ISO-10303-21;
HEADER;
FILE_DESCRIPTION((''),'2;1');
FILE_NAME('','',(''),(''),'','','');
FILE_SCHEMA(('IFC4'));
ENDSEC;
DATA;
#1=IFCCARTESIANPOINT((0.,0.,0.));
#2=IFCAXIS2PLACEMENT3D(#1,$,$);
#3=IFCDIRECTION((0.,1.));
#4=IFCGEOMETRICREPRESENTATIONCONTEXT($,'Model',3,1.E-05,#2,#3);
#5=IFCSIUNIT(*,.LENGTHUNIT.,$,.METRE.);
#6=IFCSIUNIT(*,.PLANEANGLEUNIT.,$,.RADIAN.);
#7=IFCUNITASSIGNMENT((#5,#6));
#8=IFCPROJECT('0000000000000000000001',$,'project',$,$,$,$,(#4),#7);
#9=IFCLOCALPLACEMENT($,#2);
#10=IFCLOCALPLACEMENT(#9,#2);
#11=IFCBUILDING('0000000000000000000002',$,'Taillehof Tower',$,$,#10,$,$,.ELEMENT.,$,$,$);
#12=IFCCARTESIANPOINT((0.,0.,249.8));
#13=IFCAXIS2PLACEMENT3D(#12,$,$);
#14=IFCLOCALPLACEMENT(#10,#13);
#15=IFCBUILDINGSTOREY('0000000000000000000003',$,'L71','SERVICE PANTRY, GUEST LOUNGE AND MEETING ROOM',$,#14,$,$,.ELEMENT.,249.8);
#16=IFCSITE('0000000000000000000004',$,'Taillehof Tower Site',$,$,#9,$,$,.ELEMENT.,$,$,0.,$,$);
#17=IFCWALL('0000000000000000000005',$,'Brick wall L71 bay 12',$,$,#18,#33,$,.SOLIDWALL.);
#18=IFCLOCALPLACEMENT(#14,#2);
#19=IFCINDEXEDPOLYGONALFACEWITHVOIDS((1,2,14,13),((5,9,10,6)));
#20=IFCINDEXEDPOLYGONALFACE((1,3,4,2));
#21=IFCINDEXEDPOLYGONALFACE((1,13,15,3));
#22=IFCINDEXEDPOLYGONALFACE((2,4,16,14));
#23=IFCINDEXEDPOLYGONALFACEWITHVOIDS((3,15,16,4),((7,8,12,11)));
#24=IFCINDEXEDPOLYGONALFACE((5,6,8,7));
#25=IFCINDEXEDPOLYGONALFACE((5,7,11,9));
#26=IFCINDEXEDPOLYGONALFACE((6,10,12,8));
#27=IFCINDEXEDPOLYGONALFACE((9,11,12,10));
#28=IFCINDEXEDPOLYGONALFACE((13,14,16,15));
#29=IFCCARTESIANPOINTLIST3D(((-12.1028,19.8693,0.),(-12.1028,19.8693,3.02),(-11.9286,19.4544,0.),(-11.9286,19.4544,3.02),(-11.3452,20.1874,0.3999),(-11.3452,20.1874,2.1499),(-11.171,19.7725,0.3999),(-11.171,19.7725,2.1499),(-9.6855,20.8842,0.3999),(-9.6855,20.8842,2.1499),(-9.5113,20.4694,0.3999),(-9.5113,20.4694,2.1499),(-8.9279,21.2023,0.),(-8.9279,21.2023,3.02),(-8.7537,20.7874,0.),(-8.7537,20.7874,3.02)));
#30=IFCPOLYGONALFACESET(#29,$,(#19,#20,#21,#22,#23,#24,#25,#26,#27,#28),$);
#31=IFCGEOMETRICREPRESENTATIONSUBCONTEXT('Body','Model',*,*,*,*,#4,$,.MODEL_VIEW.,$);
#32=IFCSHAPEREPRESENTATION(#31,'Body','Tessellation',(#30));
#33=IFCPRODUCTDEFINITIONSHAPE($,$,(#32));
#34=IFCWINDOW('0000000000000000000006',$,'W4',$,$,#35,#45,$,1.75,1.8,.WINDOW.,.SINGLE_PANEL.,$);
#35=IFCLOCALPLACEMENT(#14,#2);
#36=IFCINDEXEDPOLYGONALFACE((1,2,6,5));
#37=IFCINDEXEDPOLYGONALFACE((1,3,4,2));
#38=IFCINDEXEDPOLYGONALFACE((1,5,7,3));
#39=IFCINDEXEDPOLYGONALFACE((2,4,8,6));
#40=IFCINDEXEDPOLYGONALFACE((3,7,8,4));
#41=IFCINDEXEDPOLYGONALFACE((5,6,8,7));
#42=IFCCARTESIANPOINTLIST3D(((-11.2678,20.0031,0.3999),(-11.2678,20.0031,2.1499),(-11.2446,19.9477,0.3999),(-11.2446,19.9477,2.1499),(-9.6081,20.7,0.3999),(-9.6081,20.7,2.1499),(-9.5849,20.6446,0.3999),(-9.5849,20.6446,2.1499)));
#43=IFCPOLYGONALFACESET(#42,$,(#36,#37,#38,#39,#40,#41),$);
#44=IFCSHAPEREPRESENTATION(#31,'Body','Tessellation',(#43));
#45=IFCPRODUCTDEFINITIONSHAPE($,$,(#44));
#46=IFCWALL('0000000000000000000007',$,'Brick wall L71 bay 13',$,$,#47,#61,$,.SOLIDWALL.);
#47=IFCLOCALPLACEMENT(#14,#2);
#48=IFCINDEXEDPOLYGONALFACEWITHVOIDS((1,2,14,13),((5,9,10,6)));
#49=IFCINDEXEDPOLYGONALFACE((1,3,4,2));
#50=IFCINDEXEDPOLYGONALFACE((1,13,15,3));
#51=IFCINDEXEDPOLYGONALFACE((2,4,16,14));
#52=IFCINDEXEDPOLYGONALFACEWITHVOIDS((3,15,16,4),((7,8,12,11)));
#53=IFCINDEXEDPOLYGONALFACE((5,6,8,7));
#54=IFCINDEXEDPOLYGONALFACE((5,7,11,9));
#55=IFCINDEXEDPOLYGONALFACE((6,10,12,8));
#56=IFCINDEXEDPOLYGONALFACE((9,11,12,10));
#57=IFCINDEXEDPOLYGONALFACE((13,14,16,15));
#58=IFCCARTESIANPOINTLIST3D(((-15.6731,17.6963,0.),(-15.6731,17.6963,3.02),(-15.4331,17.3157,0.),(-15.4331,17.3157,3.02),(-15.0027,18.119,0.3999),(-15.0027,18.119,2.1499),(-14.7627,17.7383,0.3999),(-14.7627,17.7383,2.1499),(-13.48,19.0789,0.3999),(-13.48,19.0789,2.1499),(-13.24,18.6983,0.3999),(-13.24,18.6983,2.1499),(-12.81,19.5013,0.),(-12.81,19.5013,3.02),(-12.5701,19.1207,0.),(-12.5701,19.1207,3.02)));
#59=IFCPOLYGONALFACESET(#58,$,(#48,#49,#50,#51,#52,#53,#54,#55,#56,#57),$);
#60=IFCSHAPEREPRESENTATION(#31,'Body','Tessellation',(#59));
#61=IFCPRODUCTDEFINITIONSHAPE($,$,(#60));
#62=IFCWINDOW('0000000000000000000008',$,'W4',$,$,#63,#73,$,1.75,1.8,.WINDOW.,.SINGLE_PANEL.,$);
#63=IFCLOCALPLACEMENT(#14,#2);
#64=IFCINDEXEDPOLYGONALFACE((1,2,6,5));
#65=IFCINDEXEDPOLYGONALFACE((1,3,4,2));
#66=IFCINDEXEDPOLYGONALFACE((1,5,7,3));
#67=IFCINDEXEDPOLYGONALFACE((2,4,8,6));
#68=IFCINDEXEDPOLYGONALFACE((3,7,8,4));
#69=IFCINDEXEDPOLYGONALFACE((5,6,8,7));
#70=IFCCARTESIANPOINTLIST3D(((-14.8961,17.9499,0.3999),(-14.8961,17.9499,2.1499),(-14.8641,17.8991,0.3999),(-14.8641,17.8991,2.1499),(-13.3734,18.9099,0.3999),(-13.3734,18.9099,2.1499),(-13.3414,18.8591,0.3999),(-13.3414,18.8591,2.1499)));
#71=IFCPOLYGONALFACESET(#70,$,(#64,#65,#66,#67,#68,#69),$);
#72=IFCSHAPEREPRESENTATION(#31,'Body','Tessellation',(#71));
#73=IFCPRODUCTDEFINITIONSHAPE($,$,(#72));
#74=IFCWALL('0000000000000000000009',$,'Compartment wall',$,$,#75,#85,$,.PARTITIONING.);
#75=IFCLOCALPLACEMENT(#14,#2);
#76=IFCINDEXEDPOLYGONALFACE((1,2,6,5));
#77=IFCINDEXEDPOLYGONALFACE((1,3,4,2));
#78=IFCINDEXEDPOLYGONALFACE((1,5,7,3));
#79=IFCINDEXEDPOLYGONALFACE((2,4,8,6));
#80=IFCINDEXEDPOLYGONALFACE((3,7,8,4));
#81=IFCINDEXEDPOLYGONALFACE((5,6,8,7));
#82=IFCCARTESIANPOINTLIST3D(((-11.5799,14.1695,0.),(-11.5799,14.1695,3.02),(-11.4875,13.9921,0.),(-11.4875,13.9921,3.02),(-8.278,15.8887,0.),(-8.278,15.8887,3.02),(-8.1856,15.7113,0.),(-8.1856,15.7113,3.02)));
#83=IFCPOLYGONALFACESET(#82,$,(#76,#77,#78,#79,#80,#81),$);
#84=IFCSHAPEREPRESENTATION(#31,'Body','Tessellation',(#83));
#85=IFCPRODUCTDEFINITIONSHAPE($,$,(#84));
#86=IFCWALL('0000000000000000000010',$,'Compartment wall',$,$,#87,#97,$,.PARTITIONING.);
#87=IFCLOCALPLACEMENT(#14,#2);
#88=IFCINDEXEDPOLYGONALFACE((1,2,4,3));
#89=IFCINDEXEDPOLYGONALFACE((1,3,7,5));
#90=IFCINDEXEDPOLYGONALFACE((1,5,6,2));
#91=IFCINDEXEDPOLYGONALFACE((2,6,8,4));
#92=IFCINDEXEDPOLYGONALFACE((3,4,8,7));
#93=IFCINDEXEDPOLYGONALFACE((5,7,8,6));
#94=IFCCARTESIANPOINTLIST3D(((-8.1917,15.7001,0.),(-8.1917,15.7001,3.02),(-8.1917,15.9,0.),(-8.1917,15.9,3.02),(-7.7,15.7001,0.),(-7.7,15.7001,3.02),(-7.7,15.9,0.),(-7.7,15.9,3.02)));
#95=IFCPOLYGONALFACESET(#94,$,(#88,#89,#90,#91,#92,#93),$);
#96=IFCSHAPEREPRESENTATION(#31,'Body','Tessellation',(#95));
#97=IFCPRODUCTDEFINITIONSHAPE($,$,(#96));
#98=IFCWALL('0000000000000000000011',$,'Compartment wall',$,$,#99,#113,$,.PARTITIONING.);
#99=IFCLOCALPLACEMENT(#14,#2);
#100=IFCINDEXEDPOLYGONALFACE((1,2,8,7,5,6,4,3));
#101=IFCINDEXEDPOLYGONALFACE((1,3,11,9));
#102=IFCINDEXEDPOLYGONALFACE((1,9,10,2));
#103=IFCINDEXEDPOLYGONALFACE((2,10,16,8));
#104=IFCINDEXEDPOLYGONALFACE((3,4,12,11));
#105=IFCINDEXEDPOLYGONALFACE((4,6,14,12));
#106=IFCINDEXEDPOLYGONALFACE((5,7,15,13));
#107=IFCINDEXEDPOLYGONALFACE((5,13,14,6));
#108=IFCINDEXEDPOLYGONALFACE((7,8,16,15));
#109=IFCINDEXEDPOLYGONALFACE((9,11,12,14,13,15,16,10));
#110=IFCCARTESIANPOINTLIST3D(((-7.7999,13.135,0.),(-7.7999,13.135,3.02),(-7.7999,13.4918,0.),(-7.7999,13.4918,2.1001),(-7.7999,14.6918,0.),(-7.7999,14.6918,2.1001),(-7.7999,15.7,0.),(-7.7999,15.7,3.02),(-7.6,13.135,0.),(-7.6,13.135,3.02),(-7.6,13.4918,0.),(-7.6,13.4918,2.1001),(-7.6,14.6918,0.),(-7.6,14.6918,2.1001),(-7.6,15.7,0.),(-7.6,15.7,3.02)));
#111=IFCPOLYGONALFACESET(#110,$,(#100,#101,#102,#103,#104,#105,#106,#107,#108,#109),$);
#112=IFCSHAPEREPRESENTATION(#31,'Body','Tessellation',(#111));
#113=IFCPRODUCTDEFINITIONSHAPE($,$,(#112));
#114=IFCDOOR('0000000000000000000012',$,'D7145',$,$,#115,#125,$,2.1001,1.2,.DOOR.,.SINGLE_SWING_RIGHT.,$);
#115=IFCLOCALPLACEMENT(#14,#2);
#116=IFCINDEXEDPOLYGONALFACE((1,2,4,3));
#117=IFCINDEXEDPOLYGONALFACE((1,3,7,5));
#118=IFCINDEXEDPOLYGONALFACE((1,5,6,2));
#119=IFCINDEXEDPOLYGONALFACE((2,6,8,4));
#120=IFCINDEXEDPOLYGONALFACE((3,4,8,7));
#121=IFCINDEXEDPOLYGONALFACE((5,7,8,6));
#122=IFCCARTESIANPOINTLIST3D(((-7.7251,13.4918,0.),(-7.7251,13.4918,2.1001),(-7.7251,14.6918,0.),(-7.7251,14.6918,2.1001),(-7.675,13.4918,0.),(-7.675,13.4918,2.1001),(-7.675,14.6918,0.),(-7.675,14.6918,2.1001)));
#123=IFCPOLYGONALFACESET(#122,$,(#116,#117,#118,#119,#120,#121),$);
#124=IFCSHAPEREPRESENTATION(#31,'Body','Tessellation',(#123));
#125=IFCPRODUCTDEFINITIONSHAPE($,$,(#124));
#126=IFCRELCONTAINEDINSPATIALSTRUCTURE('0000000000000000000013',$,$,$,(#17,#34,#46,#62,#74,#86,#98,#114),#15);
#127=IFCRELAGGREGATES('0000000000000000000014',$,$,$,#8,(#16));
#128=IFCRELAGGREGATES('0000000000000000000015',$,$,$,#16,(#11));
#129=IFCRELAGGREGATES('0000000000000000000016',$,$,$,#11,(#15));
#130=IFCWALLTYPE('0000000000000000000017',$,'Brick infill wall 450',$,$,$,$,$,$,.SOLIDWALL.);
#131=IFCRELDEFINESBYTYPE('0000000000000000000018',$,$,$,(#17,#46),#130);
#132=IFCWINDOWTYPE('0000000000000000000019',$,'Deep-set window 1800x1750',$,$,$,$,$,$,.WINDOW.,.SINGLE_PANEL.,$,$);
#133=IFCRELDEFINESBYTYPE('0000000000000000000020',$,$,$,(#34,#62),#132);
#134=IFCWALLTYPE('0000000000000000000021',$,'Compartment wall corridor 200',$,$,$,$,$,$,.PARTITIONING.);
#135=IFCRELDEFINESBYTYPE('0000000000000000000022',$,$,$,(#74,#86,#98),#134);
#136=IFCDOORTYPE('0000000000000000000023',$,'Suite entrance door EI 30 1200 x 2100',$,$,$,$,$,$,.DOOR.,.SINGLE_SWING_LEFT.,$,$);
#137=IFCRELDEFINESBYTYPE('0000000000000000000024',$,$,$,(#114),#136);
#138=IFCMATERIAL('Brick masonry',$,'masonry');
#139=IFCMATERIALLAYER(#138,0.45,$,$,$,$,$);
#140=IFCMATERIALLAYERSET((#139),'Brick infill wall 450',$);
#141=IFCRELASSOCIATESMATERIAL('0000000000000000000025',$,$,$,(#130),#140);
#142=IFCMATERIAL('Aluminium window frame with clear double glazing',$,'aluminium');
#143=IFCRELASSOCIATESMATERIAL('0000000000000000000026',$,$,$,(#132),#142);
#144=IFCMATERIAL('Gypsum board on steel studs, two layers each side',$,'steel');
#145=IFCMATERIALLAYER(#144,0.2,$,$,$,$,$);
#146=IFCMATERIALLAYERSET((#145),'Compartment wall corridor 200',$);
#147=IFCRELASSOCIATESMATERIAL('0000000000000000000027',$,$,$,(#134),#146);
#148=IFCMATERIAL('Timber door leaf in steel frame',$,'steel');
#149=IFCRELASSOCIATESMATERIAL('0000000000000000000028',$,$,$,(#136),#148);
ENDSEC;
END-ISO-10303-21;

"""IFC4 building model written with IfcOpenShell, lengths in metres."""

from ifc_helpers import new_model, si_unit, direction, frame, frame_2d, origin, place, context, subcontext, project, spatial, rectangle, extrude, material, layer, layer_set, type_object, element, fill, save


model = new_model("IFC4")

# Units and contexts
model_context = context("Model", 3, precision=1e-05, world=origin(), true_north=direction((0.0, 1.0)))
body_context = subcontext(model_context, "Body", "Model", "MODEL_VIEW")
ifc_project = project(units=[si_unit("LENGTHUNIT", "METRE"), si_unit("PLANEANGLEUNIT", "RADIAN")], contexts=[model_context])

# Site, building, storey
site_placement = place(None, origin())
site = spatial("IfcSite", under=ifc_project, at=site_placement, Name="Taillehof Tower Site", CompositionType="ELEMENT", RefElevation=0.0)
building_placement = place(site_placement, origin())
building = spatial("IfcBuilding", under=site, at=building_placement, Name="Taillehof Tower", CompositionType="ELEMENT")
storey_placement = place(building_placement, frame((0.0, 0.0, 249.8)))
storey = spatial("IfcBuildingStorey", under=building, at=storey_placement, Name="L71", Description="SERVICE PANTRY, GUEST LOUNGE AND MEETING ROOM", CompositionType="ELEMENT", Elevation=249.8)

# Walls, openings, windows
ifc_material_1 = material(Name="Brick masonry", Category="masonry")
ifc_layer_1 = layer(ifc_material_1, 0.45)
ifc_layer_set_1 = layer_set([ifc_layer_1], Name="Brick infill wall 450")
wall_type_1 = type_object("IfcWallType", Name="Brick infill wall 450", PredefinedType="SOLIDWALL", material=ifc_layer_set_1)
ifc_material_2 = material(Name="Aluminium window frame with clear double glazing", Category="aluminium")
window_type = type_object("IfcWindowType", Name="Deep-set window 1800x1750", PartitioningType="SINGLE_PANEL", PredefinedType="WINDOW", material=ifc_material_2)
wall_1_placement = place(storey_placement, frame((-8.8408, 20.9949, 0.0), z_axis=(0.0, 0.0, 1.0), x_axis=(-0.922025, -0.387131, 0.0)))
wall_1 = element("IfcWall", 1, at=wall_1_placement, inside=storey, type_object=wall_type_1, Name="Brick wall L71 bay 12", PredefinedType="SOLIDWALL", context=body_context, shape_type="SweptSolid", body=[
    extrude(rectangle(XDim=3.4434, YDim=0.45, at=frame_2d((1.7217, 0.0))), origin(), (0.0, 0.0, 1.0), 3.02),
])
opening_1_placement = place(wall_1_placement, frame((0.8218, 0.0, 0.3999)))
opening_1 = element("IfcOpeningElement", 2, at=opening_1_placement, cuts=wall_1, PredefinedType="OPENING", context=body_context, shape_type="SweptSolid", body=[
    extrude(rectangle(XDim=1.8, YDim=1.75, at=frame_2d((0.8999, 0.875))), frame((0.0, 0.2349, 0.0), z_axis=(0.0, -1.0, 0.0), x_axis=(1.0, 0.0, 0.0)), (0.0, 0.0, 1.0), 0.47),
])
window_1_placement = place(opening_1_placement, origin())
window_1 = element("IfcWindow", 3, at=window_1_placement, inside=storey, type_object=window_type, Name="W4", OverallHeight=1.75, OverallWidth=1.8, PartitioningType="SINGLE_PANEL", PredefinedType="WINDOW", context=body_context, shape_type="SweptSolid", body=[
    extrude(rectangle(XDim=1.8, YDim=1.75, at=frame_2d((0.8999, 0.875))), frame((0.0, 0.0349, 0.0), z_axis=(0.0, -1.0, 0.0), x_axis=(1.0, 0.0, 0.0)), (0.0, 0.0, 1.0), 0.0601),
])
fill(opening_1, window_1)
wall_2_placement = place(storey_placement, frame((-12.6899, 19.311, 0.0), z_axis=(0.0, 0.0, 1.0), x_axis=(-0.845929, -0.533295, 0.0)))
wall_2 = element("IfcWall", 4, at=wall_2_placement, inside=storey, type_object=wall_type_1, Name="Brick wall L71 bay 13", PredefinedType="SOLIDWALL", context=body_context, shape_type="SweptSolid", body=[
    extrude(rectangle(XDim=3.3845, YDim=0.45, at=frame_2d((1.6924, 0.0))), origin(), (0.0, 0.0, 1.0), 3.02),
])
opening_2_placement = place(wall_2_placement, frame((0.7922, 0.0, 0.3999)))
opening_2 = element("IfcOpeningElement", 5, at=opening_2_placement, cuts=wall_2, PredefinedType="OPENING", context=body_context, shape_type="SweptSolid", body=[
    extrude(rectangle(XDim=1.8, YDim=1.75, at=frame_2d((0.8999, 0.875))), frame((0.0, 0.2349, 0.0), z_axis=(0.0, -1.0, 0.0), x_axis=(1.0, 0.0, 0.0)), (0.0, 0.0, 1.0), 0.47),
])
window_2_placement = place(opening_2_placement, origin())
window_2 = element("IfcWindow", 6, at=window_2_placement, inside=storey, type_object=window_type, Name="W4", OverallHeight=1.75, OverallWidth=1.8, PartitioningType="SINGLE_PANEL", PredefinedType="WINDOW", context=body_context, shape_type="SweptSolid", body=[
    extrude(rectangle(XDim=1.8, YDim=1.75, at=frame_2d((0.8999, 0.875))), frame((0.0, 0.0349, 0.0), z_axis=(0.0, -1.0, 0.0), x_axis=(1.0, 0.0, 0.0)), (0.0, 0.0, 1.0), 0.0601),
])
fill(opening_2, window_2)

# Walls
ifc_material_3 = material(Name="Gypsum board on steel studs, two layers each side", Category="steel")
ifc_layer_2 = layer(ifc_material_3, 0.2)
ifc_layer_set_2 = layer_set([ifc_layer_2], Name="Compartment wall corridor 200")
wall_type_2 = type_object("IfcWallType", Name="Compartment wall corridor 200", PredefinedType="PARTITIONING", material=ifc_layer_set_2)
wall_3_placement = place(storey_placement, frame((-11.5337, 14.0808, 0.0), z_axis=(0.0, 0.0, 1.0), x_axis=(0.886975, 0.461817, 0.0)))
element("IfcWall", 7, at=wall_3_placement, inside=storey, type_object=wall_type_2, Name="Compartment wall", PredefinedType="PARTITIONING", context=body_context, shape_type="SweptSolid", body=[
    extrude(rectangle(XDim=3.7227, YDim=0.2, at=frame_2d((1.8613, 0.0))), origin(), (0.0, 0.0, 1.0), 3.02),
])
wall_4_placement = place(storey_placement, frame((-8.1917, 15.8, 0.0), z_axis=(0.0, 0.0, 1.0), x_axis=(1.0, 0.0, 0.0)))
element("IfcWall", 8, at=wall_4_placement, inside=storey, type_object=wall_type_2, Name="Compartment wall", PredefinedType="PARTITIONING", context=body_context, shape_type="SweptSolid", body=[
    extrude(rectangle(XDim=0.4917, YDim=0.2, at=frame_2d((0.2458, 0.0))), origin(), (0.0, 0.0, 1.0), 3.02),
])

# Wall, opening, door
wall_5_placement = place(storey_placement, frame((-7.7, 15.7, 0.0), z_axis=(0.0, 0.0, 1.0), x_axis=(0.0, -1.0, 0.0)))
wall_5 = element("IfcWall", 9, at=wall_5_placement, inside=storey, type_object=wall_type_2, Name="Compartment wall", PredefinedType="PARTITIONING", context=body_context, shape_type="SweptSolid", body=[
    extrude(rectangle(XDim=2.5649, YDim=0.2, at=frame_2d((1.2825, 0.0))), origin(), (0.0, 0.0, 1.0), 3.02),
])
opening_3_placement = place(wall_5_placement, frame((1.0081, 0.0, 0.0)))
opening_3 = element("IfcOpeningElement", 10, at=opening_3_placement, cuts=wall_5, PredefinedType="OPENING", context=body_context, shape_type="SweptSolid", body=[
    extrude(rectangle(XDim=1.2, YDim=2.1001, at=frame_2d((0.6001, 1.05))), frame((0.0, 0.1099, 0.0), z_axis=(0.0, -1.0, 0.0), x_axis=(1.0, 0.0, 0.0)), (0.0, 0.0, 1.0), 0.22),
])
ifc_material_4 = material(Name="Timber door leaf in steel frame", Category="steel")
door_type_1 = type_object("IfcDoorType", Name="Suite entrance door EI 30 1200 x 2100", OperationType="SINGLE_SWING_LEFT", PredefinedType="DOOR", material=ifc_material_4)
door_1_placement = place(opening_3_placement, origin())
door_1 = element("IfcDoor", 11, at=door_1_placement, inside=storey, type_object=door_type_1, Name="D7145", OperationType="SINGLE_SWING_RIGHT", OverallHeight=2.1001, OverallWidth=1.2, PredefinedType="DOOR", context=body_context, shape_type="SweptSolid", body=[
    extrude(rectangle(XDim=1.2, YDim=2.1001, at=frame_2d((0.6001, 1.05))), frame((0.0, 0.0249, 0.0), z_axis=(0.0, -1.0, 0.0), x_axis=(1.0, 0.0, 0.0)), (0.0, 0.0, 1.0), 0.05),
])
fill(opening_3, door_1)

save(model, "model.ifc")
